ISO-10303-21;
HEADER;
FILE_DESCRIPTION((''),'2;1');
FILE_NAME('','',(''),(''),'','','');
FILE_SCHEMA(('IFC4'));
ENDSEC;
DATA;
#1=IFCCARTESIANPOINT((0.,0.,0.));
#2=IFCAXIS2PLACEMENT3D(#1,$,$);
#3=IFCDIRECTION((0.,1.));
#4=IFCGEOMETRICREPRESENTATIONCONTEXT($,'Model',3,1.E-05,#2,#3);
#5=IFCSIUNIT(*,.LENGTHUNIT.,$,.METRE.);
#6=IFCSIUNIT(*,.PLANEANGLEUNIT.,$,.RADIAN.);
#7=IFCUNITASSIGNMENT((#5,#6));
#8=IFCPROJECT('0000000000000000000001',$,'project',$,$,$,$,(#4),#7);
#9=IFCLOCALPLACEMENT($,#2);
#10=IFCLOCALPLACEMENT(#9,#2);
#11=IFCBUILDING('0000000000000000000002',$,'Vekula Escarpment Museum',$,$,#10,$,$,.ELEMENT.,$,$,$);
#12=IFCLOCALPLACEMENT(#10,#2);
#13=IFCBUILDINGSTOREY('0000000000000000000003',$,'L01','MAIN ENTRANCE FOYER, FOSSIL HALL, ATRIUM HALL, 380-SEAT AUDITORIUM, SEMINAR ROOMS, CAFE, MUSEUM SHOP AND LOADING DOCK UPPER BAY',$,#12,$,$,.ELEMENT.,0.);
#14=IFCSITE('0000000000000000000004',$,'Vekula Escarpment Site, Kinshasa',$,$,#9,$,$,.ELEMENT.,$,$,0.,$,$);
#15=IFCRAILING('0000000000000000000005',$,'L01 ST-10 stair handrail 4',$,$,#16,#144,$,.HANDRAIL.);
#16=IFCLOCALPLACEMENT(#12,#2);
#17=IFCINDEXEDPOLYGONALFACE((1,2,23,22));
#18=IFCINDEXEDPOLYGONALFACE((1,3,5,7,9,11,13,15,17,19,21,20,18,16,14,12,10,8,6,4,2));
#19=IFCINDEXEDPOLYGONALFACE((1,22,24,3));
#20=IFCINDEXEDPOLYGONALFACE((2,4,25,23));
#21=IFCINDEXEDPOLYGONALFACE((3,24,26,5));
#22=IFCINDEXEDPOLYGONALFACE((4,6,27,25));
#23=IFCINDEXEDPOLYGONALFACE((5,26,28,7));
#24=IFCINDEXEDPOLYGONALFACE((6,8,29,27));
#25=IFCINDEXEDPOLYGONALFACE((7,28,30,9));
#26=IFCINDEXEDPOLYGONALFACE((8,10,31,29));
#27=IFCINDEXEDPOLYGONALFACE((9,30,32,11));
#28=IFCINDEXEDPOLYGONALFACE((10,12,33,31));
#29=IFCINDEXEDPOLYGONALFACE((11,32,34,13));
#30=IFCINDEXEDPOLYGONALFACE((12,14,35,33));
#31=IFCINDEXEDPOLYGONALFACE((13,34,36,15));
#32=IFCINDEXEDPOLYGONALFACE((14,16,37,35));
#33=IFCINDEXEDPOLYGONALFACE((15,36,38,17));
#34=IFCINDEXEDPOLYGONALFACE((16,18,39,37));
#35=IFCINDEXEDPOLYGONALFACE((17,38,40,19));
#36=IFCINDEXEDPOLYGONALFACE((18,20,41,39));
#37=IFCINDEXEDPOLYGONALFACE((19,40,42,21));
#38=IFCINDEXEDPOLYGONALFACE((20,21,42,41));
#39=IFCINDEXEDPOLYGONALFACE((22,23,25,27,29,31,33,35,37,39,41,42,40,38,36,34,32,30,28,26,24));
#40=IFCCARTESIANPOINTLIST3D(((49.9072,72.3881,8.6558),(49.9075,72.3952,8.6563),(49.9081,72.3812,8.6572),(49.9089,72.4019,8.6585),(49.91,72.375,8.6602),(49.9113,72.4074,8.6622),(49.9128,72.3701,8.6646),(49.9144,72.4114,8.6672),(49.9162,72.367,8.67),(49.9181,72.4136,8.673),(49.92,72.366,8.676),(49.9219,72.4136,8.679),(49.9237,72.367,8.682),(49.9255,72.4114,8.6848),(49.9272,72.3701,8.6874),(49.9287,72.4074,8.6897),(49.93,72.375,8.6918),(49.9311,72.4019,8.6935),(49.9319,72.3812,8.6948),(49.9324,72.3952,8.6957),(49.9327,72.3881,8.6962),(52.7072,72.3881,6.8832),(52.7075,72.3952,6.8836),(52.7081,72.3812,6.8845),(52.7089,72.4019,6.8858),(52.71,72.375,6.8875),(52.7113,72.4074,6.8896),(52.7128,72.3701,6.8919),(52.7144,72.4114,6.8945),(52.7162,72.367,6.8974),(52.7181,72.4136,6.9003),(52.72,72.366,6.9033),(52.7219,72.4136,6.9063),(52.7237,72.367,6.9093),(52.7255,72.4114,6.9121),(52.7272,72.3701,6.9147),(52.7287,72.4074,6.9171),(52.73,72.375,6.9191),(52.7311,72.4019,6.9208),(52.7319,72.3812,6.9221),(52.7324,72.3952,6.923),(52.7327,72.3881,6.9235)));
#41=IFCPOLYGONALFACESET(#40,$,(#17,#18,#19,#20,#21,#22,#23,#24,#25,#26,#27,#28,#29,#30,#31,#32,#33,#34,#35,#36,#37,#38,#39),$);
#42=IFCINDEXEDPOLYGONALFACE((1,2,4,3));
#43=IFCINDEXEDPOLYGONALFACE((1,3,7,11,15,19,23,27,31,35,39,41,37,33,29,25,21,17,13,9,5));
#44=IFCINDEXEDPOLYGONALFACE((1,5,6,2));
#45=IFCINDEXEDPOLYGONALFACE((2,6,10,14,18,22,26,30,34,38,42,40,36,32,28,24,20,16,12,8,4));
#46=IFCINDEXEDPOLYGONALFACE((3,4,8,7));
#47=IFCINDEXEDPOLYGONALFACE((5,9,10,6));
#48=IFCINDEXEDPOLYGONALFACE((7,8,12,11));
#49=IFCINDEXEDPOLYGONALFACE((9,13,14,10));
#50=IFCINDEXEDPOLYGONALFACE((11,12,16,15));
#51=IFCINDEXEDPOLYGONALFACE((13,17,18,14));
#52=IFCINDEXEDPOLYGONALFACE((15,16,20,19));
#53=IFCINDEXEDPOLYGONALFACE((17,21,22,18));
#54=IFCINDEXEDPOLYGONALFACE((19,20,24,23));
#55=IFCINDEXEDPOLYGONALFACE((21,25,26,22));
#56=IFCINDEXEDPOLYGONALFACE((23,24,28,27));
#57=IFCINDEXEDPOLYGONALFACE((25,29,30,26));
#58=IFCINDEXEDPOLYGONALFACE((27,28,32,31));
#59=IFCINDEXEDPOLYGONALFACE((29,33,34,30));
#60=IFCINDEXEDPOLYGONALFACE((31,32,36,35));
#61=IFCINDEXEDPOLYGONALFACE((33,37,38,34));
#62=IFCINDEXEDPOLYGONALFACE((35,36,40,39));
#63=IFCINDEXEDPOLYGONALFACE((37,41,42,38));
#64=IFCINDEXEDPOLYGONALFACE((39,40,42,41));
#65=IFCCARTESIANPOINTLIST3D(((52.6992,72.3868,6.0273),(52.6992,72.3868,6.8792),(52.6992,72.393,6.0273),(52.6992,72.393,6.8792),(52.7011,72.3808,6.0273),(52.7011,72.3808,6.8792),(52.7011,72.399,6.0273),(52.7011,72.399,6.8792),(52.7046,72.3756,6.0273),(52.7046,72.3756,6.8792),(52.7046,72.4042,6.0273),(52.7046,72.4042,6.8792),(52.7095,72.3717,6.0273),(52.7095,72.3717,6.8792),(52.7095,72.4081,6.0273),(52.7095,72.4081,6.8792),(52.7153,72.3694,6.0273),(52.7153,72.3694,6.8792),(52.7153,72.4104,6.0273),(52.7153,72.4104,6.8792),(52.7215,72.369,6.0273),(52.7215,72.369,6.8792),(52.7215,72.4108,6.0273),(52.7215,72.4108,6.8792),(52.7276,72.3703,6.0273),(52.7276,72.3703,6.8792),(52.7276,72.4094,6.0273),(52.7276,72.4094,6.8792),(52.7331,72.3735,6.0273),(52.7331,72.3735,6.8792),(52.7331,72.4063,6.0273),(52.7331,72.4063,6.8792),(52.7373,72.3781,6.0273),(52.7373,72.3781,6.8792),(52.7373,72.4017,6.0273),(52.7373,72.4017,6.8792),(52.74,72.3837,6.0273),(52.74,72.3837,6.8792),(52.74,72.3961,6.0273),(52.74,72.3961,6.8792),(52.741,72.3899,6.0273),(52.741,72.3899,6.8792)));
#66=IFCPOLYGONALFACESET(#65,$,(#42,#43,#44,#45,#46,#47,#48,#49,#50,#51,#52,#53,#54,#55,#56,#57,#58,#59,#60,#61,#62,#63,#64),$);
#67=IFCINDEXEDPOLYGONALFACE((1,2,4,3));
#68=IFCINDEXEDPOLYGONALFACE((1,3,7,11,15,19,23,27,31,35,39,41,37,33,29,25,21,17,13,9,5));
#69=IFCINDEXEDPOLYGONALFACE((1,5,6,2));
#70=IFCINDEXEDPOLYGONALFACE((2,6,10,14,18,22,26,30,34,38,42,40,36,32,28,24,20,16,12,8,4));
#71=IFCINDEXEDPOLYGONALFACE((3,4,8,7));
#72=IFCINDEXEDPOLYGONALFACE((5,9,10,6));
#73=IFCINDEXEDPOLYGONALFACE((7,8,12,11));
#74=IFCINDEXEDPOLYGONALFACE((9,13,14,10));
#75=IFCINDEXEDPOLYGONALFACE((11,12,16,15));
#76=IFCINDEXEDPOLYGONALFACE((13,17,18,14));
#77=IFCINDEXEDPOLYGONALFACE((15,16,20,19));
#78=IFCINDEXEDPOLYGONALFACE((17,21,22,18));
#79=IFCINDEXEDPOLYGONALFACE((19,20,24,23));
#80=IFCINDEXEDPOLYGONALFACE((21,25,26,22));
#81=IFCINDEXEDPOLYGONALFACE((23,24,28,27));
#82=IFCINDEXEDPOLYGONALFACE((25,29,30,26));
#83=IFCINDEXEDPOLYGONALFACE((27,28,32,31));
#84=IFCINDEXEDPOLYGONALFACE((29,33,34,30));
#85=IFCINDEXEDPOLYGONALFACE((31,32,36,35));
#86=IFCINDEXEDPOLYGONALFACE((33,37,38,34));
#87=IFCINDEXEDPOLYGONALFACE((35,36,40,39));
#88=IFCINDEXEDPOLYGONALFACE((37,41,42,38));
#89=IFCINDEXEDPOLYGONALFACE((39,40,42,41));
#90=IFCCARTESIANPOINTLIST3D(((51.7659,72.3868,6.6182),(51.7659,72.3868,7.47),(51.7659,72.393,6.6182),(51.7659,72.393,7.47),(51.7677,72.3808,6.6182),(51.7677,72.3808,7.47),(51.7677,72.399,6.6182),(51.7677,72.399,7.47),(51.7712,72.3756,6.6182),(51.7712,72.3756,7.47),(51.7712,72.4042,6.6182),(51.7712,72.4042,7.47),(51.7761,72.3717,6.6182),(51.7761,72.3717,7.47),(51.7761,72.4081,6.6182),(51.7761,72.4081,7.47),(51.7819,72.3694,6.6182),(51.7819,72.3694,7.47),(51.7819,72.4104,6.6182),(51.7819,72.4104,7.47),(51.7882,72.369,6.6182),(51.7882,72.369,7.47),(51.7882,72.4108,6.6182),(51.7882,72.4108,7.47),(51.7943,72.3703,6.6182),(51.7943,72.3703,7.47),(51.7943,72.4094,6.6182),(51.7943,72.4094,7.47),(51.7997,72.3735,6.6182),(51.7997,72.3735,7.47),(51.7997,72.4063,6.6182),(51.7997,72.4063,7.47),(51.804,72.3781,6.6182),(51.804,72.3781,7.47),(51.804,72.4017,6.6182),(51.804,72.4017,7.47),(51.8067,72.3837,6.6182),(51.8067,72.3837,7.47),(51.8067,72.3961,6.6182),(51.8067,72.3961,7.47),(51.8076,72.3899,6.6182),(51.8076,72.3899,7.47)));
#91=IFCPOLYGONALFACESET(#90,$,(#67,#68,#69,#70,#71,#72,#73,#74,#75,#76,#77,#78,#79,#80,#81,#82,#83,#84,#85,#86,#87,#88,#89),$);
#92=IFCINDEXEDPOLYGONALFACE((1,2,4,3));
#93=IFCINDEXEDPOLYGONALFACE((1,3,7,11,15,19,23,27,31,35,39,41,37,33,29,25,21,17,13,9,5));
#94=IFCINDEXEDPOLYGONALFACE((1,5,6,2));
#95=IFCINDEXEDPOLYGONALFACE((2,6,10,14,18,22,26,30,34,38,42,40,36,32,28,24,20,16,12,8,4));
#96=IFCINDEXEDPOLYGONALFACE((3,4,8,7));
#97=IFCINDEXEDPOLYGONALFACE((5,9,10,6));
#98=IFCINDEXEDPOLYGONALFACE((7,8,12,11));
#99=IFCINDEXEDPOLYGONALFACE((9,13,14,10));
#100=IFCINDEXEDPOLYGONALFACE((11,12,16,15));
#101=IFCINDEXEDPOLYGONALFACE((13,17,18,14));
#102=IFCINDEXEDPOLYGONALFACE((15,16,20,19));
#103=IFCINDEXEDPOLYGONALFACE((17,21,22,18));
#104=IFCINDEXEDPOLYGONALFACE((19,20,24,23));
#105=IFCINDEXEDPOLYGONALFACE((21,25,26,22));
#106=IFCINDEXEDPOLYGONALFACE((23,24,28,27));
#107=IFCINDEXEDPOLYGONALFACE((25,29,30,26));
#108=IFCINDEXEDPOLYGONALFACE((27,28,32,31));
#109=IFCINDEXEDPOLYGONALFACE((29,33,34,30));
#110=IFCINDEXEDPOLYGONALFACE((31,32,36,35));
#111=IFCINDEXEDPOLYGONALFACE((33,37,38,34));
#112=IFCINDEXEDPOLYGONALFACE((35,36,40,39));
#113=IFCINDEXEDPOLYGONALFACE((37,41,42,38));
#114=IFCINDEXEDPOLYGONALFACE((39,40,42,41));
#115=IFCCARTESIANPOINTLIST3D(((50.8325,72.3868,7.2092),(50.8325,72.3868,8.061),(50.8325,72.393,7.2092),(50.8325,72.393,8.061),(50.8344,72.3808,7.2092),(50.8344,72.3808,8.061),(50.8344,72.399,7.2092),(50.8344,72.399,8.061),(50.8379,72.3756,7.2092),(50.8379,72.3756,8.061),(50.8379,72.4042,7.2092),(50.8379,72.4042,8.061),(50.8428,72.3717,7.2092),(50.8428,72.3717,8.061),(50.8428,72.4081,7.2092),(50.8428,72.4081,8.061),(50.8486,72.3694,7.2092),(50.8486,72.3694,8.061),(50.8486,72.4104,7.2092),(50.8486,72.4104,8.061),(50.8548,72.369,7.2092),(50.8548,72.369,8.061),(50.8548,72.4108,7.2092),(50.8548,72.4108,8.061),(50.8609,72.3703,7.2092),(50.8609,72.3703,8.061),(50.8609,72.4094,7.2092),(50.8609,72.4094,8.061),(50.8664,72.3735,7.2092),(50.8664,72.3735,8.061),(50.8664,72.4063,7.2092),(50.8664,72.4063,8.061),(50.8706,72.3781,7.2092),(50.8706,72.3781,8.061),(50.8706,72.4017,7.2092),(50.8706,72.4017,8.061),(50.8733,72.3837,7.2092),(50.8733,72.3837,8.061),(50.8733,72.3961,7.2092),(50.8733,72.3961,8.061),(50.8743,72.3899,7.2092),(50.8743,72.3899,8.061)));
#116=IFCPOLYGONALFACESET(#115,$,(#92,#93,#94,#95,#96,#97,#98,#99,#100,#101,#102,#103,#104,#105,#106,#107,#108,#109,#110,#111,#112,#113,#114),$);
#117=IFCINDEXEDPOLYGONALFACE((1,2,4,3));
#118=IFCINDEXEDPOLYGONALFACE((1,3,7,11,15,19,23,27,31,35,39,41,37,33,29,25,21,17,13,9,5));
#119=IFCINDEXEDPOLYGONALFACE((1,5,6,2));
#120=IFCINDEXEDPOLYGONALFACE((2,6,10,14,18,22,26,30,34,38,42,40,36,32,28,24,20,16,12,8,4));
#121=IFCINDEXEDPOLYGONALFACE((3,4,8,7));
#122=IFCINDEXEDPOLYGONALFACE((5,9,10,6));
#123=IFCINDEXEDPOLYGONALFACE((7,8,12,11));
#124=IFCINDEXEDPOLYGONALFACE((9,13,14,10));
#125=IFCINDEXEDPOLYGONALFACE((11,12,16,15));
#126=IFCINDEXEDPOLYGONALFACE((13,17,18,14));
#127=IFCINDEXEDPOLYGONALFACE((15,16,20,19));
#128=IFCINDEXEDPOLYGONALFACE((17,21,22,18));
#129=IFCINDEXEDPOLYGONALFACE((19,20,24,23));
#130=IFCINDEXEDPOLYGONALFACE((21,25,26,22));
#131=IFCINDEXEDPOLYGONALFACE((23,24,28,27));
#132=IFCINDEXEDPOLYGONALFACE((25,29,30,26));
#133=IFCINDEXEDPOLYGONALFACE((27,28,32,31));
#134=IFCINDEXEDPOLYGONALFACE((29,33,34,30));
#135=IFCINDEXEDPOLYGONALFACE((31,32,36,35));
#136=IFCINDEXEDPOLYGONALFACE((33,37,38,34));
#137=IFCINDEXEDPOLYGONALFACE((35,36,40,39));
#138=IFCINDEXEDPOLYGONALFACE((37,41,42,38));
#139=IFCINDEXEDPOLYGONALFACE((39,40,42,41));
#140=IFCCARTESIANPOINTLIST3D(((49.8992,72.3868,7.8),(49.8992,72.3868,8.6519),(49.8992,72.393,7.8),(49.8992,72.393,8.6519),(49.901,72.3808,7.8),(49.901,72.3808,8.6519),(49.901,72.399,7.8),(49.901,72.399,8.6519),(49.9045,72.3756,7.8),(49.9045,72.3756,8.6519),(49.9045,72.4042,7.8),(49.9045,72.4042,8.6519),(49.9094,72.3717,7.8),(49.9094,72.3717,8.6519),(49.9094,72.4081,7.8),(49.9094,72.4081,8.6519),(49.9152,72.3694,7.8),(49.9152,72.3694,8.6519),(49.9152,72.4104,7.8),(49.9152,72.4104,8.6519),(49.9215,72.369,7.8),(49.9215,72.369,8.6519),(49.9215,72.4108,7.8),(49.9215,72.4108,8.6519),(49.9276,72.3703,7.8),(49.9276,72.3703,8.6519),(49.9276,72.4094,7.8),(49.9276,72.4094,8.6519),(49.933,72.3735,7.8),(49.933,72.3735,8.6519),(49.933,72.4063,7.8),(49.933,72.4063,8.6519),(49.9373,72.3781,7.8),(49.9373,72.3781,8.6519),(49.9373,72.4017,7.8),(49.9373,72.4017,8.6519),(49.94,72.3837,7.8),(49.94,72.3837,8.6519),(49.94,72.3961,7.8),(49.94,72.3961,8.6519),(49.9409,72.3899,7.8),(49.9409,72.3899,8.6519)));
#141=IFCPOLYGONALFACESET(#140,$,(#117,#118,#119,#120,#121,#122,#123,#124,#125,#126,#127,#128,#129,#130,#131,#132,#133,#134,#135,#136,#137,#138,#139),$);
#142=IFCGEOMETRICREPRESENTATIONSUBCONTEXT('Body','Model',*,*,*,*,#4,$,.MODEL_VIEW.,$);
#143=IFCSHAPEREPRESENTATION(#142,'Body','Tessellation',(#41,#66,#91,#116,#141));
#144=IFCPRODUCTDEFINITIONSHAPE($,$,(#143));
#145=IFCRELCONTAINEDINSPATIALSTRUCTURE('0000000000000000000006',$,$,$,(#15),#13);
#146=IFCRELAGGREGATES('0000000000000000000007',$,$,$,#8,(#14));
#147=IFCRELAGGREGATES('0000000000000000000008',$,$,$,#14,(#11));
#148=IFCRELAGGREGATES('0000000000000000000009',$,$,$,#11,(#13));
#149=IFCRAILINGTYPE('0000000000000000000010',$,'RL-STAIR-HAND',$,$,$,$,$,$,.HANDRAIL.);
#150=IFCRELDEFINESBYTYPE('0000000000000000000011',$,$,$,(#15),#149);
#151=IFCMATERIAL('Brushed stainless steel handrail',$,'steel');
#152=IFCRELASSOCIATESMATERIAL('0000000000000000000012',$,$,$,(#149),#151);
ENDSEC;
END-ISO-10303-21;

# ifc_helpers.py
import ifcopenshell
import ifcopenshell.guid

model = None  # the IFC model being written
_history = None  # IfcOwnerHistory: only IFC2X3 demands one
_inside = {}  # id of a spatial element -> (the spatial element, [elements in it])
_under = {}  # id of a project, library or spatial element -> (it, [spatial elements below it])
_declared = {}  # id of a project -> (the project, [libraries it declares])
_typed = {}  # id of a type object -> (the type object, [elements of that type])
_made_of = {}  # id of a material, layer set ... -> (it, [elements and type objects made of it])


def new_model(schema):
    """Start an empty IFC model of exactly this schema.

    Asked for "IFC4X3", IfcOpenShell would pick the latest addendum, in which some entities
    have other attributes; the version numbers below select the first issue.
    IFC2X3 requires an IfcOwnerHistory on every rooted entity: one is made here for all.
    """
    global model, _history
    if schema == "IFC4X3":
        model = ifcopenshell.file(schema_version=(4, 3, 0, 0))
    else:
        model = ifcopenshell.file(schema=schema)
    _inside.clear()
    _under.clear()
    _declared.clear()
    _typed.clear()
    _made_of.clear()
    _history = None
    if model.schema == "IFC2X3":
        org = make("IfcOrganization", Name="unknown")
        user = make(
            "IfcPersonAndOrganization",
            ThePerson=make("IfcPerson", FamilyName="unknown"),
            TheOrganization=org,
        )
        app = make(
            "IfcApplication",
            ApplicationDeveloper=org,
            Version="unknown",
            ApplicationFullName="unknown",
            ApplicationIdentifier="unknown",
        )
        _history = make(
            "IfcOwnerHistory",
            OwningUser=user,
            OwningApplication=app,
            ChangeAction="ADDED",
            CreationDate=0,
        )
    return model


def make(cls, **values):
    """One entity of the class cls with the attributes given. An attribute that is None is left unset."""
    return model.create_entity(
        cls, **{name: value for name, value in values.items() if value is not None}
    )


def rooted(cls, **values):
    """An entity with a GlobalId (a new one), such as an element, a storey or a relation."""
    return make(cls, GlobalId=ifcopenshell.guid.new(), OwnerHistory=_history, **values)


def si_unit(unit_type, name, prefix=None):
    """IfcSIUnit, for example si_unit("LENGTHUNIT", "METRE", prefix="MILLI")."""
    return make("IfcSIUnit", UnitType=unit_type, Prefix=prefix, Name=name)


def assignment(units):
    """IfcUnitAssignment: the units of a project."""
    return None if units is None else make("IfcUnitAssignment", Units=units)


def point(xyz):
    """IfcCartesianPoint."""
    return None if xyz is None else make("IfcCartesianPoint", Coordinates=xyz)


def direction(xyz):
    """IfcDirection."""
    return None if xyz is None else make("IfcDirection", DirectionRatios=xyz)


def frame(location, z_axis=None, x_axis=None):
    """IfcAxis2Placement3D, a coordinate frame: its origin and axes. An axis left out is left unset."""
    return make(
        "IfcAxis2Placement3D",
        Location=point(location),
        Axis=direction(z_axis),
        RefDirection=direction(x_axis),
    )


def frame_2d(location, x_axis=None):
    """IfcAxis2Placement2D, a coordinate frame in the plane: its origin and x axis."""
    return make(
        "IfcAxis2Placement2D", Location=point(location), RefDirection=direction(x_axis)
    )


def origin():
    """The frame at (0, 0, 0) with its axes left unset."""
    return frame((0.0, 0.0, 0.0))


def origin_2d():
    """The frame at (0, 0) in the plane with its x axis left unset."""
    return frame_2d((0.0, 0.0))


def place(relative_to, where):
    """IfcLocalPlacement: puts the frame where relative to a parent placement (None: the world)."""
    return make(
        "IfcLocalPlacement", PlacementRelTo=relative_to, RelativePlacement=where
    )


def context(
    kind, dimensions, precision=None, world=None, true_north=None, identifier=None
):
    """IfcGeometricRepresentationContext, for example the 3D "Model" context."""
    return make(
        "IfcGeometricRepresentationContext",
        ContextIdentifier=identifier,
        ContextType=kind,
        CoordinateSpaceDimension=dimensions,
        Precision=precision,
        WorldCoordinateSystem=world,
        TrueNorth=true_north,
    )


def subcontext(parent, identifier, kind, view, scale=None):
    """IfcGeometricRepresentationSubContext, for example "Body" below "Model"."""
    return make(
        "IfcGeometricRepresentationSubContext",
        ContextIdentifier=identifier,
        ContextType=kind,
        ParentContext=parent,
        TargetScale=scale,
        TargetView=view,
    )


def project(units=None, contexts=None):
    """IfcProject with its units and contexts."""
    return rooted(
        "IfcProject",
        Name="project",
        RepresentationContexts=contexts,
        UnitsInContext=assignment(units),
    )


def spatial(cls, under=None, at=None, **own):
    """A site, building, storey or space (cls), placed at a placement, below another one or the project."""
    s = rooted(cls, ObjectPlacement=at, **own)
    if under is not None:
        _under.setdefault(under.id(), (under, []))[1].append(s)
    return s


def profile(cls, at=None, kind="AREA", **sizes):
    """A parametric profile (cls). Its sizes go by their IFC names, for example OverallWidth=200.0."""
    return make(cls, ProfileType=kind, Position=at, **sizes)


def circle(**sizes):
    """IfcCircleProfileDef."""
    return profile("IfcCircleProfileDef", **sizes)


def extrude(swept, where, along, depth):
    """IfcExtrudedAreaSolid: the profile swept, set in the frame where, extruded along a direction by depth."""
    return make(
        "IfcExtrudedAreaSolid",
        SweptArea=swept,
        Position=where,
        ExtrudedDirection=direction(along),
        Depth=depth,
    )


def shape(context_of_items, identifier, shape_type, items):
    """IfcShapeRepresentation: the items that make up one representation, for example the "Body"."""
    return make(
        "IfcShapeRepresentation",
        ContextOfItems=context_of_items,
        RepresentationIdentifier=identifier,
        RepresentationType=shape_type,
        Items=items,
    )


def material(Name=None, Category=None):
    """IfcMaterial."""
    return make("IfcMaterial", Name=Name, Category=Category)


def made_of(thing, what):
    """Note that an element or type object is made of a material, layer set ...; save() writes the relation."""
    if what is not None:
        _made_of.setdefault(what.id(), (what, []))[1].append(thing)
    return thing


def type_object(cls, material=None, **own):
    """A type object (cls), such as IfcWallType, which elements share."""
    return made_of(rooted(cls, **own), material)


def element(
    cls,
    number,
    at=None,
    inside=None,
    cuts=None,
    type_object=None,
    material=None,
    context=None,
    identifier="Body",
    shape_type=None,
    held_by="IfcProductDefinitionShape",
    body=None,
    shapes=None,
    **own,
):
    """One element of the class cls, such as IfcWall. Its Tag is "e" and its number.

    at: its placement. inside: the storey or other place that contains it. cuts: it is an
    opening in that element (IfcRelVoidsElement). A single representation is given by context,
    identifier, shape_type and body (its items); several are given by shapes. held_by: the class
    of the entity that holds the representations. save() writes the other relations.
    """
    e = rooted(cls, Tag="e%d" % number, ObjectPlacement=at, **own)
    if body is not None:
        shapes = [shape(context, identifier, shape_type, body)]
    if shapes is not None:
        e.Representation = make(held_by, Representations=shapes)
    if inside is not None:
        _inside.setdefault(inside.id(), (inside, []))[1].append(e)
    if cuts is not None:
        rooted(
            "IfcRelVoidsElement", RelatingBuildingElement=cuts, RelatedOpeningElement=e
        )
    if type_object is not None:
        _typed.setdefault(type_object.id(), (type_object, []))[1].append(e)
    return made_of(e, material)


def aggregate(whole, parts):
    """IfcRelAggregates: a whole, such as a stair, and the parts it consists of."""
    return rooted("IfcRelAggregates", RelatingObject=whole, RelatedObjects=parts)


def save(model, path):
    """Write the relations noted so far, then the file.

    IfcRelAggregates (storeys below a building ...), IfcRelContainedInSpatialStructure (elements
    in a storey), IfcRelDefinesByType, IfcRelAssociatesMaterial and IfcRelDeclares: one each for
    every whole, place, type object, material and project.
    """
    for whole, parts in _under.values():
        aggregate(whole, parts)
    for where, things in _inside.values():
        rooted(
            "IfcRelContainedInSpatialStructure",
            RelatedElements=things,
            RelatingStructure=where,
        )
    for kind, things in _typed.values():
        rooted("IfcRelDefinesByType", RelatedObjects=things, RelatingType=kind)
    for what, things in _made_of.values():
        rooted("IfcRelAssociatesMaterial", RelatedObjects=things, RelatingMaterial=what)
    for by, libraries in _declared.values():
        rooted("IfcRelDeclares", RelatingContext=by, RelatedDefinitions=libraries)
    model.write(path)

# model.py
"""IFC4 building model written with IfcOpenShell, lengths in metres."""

from ifc_helpers import new_model, si_unit, direction, frame, origin, origin_2d, place, context, subcontext, project, spatial, circle, extrude, material, type_object, element, save


model = new_model("IFC4")

# Units and contexts
model_context = context("Model", 3, precision=1e-05, world=origin(), true_north=direction((0.0, 1.0)))
body_context = subcontext(model_context, "Body", "Model", "MODEL_VIEW")
ifc_project = project(units=[si_unit("LENGTHUNIT", "METRE"), si_unit("PLANEANGLEUNIT", "RADIAN")], contexts=[model_context])

# Site, building, storey
site_placement = place(None, origin())
site = spatial("IfcSite", under=ifc_project, at=site_placement, Name="Vekula Escarpment Site, Kinshasa", CompositionType="ELEMENT", RefElevation=0.0)
building_placement = place(site_placement, origin())
building = spatial("IfcBuilding", under=site, at=building_placement, Name="Vekula Escarpment Museum", CompositionType="ELEMENT")
storey_placement = place(building_placement, origin())
storey = spatial("IfcBuildingStorey", under=building, at=storey_placement, Name="L01", Description="MAIN ENTRANCE FOYER, FOSSIL HALL, ATRIUM HALL, 380-SEAT AUDITORIUM, SEMINAR ROOMS, CAFE, MUSEUM SHOP AND LOADING DOCK UPPER BAY", CompositionType="ELEMENT", Elevation=0.0)

# Railing
ifc_material_1 = material(Name="Brushed stainless steel handrail", Category="steel")
railing_type_1 = type_object("IfcRailingType", Name="RL-STAIR-HAND", PredefinedType="HANDRAIL", material=ifc_material_1)
for number, where, name in (
    (1, (52.72, 72.3899, 6.0273), "L01 ST-10 stair handrail 4"),
):
    element("IfcRailing", number, at=place(storey_placement, frame(where)), inside=storey, type_object=railing_type_1, Name=name, PredefinedType="HANDRAIL", context=body_context, shape_type="SweptSolid", body=[
        extrude(circle(Radius=0.0239, at=origin_2d()), frame((0.0, 0.0, 0.876), z_axis=(-0.844909, 0.0, 0.53491), x_axis=(0.0, -1.0, 0.0)), (0.0, 0.0, 1.0), 3.314),
        extrude(circle(Radius=0.021, at=origin_2d()), origin(), (0.0, 0.0, 1.0), 0.8518),
        extrude(circle(Radius=0.021, at=origin_2d()), frame((-0.9333, 0.0, 0.5908)), (0.0, 0.0, 1.0), 0.8518),
        extrude(circle(Radius=0.021, at=origin_2d()), frame((-1.8667, 0.0, 1.1819)), (0.0, 0.0, 1.0), 0.8518),
        extrude(circle(Radius=0.021, at=origin_2d()), frame((-2.8, 0.0, 1.7727)), (0.0, 0.0, 1.0), 0.8518),
    ])

save(model, "model.ifc")
